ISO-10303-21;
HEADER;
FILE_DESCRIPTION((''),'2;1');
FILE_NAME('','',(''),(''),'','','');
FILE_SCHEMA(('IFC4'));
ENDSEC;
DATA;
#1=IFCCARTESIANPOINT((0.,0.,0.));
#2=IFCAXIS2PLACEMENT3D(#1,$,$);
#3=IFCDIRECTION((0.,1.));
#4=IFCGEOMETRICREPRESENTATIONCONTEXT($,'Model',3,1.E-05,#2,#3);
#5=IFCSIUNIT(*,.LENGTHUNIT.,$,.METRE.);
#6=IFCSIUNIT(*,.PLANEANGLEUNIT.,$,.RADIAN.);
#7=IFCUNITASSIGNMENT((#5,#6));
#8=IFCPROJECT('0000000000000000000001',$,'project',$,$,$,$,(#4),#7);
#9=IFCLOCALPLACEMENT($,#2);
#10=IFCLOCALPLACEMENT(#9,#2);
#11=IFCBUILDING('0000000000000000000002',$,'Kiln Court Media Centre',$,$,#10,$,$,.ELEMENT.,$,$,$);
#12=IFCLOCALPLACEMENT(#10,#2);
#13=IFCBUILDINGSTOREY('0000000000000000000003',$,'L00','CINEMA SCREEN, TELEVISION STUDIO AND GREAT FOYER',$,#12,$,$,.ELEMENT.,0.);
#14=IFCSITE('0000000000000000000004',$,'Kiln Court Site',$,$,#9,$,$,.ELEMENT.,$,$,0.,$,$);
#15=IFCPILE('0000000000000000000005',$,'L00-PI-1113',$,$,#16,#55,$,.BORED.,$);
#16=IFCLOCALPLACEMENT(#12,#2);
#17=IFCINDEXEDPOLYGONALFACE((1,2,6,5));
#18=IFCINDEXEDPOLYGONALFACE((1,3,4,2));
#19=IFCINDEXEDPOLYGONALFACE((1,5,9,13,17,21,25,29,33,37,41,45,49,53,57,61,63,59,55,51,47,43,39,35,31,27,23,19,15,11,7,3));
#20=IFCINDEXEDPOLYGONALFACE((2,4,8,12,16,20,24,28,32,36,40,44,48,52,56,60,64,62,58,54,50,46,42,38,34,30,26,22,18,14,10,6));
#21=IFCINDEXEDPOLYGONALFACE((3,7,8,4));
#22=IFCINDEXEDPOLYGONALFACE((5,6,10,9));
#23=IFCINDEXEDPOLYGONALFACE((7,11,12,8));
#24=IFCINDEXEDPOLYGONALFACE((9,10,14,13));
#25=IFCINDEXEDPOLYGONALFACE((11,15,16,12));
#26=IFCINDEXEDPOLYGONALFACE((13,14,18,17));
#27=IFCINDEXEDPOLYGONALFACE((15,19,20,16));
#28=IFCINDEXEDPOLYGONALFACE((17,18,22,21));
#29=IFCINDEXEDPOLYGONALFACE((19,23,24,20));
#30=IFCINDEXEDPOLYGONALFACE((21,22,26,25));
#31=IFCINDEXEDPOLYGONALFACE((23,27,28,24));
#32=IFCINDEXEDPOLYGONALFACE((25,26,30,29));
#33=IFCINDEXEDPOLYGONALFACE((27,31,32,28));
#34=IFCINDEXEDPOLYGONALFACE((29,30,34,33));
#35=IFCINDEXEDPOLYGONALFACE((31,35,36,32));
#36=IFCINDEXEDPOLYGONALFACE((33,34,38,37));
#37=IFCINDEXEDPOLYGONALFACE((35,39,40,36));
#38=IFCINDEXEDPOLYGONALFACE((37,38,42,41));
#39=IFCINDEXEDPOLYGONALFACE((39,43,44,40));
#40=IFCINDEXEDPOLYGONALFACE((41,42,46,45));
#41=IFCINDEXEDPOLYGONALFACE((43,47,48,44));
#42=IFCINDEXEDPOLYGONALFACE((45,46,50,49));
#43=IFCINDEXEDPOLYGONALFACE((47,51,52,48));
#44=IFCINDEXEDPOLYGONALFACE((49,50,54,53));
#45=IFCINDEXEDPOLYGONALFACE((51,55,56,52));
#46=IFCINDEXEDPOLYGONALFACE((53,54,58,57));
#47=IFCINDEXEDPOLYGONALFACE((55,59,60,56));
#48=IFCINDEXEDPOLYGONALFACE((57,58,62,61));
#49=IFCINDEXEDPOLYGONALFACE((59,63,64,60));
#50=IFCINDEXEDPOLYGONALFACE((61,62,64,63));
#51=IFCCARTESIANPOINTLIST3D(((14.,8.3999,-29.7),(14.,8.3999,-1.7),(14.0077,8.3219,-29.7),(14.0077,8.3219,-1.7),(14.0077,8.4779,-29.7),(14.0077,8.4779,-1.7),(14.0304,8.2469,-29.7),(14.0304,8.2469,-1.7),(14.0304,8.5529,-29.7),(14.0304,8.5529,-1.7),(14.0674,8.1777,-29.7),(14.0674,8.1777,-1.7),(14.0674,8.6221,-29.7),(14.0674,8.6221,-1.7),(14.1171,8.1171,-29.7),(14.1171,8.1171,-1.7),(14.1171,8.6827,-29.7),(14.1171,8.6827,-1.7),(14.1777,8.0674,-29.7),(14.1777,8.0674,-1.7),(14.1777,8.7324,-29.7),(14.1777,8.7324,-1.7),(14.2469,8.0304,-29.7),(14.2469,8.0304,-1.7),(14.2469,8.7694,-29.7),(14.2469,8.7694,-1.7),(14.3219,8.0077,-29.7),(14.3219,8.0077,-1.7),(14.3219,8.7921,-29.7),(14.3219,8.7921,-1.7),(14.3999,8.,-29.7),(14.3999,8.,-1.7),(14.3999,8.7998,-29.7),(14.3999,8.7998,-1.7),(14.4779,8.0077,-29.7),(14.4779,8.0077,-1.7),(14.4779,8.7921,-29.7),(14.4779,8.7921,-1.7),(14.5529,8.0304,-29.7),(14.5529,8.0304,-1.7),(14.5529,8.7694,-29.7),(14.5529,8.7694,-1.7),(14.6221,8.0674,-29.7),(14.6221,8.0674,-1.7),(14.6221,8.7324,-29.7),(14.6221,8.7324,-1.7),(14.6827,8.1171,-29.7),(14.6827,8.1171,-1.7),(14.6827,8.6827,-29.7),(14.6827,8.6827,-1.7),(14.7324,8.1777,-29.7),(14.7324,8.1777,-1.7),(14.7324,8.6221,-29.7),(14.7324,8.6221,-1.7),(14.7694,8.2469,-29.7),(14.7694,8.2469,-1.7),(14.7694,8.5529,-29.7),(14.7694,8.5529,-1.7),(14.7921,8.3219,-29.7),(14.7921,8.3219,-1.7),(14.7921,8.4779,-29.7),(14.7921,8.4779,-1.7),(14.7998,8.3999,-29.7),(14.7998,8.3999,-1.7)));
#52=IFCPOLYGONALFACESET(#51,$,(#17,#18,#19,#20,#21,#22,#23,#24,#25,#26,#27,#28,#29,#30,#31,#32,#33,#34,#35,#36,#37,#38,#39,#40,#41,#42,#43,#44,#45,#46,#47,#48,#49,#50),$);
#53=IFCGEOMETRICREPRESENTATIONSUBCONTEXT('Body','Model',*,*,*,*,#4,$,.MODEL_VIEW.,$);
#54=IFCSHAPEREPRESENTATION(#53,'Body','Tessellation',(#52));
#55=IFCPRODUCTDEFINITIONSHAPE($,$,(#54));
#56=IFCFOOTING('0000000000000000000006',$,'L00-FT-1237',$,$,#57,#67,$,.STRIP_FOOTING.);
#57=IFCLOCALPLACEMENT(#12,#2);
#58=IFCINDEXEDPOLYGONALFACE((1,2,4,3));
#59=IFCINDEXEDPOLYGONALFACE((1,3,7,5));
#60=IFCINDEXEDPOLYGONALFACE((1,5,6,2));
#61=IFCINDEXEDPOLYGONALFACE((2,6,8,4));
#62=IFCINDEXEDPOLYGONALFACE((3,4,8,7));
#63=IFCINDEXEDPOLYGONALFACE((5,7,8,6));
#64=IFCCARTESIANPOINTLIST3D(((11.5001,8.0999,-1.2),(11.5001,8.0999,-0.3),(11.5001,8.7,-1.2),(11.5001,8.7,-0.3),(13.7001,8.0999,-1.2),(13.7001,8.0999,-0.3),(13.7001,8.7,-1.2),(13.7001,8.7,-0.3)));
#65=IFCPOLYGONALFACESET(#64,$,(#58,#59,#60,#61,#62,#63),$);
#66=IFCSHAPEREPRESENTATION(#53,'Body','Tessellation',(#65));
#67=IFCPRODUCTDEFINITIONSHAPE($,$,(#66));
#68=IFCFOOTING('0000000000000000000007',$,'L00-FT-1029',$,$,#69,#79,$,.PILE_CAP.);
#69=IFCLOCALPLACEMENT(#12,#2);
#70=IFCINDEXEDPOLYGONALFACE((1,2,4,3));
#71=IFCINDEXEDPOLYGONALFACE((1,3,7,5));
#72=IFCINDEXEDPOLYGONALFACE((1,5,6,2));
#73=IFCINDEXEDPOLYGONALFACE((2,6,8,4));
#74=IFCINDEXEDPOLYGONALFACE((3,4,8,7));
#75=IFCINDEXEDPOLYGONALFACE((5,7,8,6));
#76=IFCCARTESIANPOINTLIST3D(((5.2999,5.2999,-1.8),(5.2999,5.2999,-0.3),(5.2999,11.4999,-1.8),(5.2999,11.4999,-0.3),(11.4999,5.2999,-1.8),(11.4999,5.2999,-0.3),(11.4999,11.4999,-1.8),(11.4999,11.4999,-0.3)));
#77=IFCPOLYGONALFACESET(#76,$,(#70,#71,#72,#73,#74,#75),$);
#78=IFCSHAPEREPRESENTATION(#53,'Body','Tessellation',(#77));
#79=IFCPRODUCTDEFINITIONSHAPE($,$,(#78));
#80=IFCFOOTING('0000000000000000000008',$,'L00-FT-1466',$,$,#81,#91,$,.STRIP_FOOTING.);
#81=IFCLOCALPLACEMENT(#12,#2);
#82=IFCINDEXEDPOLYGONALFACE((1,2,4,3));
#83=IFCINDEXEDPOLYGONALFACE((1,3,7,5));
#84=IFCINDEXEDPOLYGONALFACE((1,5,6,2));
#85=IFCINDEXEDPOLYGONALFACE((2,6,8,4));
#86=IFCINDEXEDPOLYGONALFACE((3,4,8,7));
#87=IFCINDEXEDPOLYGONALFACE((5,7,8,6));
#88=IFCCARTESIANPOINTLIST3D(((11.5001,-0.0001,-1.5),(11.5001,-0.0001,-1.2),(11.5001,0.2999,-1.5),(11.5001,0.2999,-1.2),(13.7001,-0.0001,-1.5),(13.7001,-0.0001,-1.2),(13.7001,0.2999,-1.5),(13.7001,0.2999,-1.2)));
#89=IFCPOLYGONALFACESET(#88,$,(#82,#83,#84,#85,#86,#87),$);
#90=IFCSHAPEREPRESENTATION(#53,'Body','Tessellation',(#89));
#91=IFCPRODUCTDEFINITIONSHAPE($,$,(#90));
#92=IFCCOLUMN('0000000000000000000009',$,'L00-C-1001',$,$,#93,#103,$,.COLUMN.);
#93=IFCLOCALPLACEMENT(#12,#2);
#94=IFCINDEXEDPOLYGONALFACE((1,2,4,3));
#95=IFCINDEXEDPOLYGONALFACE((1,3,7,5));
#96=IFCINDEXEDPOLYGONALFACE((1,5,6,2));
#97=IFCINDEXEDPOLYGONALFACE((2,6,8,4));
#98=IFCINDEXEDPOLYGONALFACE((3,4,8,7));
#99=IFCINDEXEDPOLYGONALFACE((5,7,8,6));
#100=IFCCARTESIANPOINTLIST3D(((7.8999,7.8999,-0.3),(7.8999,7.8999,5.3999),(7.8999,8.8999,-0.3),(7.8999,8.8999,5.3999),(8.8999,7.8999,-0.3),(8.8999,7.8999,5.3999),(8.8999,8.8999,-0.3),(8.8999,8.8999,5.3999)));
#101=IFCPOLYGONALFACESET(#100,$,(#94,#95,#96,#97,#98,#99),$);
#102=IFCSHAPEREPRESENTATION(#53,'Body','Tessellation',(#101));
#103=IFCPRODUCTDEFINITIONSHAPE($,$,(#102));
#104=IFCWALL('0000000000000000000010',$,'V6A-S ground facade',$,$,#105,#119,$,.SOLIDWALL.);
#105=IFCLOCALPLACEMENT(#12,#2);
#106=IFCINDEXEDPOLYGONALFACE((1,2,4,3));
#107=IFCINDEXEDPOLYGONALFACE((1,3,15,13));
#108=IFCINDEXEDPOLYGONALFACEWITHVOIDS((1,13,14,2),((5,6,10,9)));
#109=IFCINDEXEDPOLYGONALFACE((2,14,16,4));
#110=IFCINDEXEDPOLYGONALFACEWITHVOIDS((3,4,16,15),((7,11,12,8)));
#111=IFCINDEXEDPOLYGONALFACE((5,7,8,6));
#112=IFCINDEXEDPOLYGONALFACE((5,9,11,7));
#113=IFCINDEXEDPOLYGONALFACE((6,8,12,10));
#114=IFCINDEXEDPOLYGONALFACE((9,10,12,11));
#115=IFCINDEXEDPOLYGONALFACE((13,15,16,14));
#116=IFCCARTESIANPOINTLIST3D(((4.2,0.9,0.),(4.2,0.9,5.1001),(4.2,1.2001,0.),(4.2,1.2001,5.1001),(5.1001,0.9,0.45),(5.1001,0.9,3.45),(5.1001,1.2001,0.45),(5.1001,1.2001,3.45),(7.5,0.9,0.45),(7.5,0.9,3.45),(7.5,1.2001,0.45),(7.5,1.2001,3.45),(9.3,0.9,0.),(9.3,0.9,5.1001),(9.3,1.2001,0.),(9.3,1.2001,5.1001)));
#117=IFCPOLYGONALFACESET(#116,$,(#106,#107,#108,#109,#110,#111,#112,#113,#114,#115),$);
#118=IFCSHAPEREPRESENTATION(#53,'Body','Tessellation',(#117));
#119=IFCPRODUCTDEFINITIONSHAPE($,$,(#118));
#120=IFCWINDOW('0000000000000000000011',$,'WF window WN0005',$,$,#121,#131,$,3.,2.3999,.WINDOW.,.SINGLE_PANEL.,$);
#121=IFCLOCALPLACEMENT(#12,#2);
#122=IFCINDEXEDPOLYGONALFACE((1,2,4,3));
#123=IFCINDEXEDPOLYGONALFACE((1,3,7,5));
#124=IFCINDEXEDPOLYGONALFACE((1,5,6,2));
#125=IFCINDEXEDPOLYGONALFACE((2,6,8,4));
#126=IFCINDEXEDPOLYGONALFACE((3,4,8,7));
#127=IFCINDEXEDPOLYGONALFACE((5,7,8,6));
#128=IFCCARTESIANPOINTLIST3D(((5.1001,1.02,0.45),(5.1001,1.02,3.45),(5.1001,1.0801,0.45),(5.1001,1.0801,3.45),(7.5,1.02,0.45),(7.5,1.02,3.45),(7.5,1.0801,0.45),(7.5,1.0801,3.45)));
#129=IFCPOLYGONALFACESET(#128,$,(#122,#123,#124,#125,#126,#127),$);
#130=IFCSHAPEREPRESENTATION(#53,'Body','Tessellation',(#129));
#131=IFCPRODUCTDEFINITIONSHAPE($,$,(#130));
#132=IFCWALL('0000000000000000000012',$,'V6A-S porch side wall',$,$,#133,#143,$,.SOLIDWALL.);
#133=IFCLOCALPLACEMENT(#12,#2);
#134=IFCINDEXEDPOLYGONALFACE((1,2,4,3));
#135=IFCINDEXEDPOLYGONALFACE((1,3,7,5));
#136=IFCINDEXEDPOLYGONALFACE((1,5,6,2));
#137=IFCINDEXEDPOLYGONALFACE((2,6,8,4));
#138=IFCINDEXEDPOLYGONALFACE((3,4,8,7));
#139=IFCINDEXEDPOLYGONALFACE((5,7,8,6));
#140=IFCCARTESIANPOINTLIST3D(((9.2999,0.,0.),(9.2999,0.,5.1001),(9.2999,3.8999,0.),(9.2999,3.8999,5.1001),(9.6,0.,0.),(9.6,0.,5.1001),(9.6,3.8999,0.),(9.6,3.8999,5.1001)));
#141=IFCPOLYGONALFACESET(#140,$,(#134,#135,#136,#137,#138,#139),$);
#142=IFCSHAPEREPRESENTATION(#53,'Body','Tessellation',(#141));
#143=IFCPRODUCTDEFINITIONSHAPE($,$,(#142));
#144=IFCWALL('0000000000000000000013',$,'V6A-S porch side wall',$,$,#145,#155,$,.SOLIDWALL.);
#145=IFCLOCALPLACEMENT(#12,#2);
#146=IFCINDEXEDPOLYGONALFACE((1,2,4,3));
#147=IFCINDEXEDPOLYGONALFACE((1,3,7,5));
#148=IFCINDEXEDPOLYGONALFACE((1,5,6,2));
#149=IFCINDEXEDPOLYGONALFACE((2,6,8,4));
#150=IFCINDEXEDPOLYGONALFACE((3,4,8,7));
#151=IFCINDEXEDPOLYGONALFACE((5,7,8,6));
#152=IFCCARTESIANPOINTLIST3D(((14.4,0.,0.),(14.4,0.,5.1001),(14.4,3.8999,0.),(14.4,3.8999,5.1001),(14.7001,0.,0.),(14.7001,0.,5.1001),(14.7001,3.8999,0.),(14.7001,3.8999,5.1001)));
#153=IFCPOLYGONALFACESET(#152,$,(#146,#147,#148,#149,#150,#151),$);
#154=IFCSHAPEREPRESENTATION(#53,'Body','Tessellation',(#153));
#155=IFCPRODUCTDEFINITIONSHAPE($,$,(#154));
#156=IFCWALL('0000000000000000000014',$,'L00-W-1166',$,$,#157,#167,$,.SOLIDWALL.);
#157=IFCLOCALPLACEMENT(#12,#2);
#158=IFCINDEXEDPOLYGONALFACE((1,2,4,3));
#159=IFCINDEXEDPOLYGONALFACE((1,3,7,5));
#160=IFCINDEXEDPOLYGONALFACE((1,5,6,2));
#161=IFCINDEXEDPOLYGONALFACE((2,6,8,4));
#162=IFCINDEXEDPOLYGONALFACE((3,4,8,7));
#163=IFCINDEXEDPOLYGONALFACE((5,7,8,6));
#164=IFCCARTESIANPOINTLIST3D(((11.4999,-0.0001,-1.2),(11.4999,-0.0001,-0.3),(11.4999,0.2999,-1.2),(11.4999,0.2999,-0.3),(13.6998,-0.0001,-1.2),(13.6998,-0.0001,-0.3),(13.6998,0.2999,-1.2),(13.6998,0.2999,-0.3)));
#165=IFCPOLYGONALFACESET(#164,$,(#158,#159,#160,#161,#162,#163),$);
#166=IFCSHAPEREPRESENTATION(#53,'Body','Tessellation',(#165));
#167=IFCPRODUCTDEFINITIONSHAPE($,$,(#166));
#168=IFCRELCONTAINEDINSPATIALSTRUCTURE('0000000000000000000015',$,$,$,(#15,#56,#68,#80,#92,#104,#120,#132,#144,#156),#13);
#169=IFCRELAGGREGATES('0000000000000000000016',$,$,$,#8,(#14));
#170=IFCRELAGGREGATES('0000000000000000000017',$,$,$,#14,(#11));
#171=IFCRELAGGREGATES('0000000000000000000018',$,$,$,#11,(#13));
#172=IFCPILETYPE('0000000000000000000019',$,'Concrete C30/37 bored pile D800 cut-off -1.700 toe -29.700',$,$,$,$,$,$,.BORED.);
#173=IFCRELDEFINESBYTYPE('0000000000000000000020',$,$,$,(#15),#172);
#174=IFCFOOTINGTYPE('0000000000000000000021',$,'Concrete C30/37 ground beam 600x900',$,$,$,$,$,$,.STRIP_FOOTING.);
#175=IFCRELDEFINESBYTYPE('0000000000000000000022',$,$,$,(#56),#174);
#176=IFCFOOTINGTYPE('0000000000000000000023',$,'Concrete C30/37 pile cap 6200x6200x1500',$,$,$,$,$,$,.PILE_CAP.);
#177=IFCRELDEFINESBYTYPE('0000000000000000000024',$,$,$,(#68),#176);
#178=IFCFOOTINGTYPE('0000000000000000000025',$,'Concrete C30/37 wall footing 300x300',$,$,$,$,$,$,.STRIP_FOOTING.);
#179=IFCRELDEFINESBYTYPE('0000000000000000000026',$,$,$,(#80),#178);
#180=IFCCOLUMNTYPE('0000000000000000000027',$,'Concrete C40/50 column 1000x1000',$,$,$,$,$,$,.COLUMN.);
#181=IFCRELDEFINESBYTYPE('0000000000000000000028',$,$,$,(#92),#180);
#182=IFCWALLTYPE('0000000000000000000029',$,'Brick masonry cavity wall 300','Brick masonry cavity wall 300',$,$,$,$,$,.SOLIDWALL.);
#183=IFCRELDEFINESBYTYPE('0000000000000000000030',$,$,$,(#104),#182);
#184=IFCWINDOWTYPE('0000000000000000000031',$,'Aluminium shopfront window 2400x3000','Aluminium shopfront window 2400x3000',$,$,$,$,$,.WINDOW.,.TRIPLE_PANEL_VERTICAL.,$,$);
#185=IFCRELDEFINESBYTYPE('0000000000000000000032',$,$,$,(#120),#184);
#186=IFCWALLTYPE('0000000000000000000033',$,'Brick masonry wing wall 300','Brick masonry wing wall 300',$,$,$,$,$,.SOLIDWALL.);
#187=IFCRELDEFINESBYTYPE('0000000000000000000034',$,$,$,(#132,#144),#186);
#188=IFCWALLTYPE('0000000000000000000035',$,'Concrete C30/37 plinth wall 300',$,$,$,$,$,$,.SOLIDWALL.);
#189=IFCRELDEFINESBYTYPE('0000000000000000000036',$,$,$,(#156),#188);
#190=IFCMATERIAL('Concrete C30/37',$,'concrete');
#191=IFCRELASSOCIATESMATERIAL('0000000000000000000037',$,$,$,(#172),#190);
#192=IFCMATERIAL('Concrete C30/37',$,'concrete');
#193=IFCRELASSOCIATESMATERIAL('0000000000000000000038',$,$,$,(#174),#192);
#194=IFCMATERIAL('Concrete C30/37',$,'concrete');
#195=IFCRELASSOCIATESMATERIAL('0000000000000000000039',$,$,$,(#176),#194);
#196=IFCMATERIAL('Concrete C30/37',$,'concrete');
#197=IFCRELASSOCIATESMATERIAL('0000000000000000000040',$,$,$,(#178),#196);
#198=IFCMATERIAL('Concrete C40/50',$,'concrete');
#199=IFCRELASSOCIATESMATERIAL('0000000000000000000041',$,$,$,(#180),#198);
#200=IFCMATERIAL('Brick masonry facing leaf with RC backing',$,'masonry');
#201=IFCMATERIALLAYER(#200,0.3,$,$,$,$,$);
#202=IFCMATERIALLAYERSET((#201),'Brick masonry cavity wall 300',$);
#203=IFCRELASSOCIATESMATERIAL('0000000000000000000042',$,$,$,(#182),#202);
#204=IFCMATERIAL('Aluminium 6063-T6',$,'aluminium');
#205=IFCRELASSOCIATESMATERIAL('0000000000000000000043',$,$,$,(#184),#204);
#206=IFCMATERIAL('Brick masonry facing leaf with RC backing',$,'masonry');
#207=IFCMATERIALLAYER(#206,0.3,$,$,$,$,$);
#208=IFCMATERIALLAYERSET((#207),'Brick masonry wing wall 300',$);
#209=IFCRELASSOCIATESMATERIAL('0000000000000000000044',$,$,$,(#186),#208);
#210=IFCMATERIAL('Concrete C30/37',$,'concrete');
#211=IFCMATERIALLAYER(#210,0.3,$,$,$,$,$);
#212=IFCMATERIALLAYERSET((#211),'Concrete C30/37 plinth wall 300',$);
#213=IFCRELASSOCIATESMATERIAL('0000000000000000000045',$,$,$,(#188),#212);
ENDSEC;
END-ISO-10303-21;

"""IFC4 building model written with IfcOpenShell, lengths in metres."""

from ifc_helpers import new_model, si_unit, direction, frame, frame_2d, origin, origin_2d, place, context, subcontext, project, spatial, rectangle, circle, extrude, material, layer, layer_set, material_profile, profile_set, type_object, element, fill, save


model = new_model("IFC4")

# Units and contexts
model_context = context("Model", 3, precision=1e-05, world=origin(), true_north=direction((0.0, 1.0)))
body_context = subcontext(model_context, "Body", "Model", "MODEL_VIEW")
ifc_project = project(units=[si_unit("LENGTHUNIT", "METRE"), si_unit("PLANEANGLEUNIT", "RADIAN")], contexts=[model_context])

# Site, building, storey
site_placement = place(None, origin())
site = spatial("IfcSite", under=ifc_project, at=site_placement, Name="Kiln Court Site", CompositionType="ELEMENT", RefElevation=0.0)
building_placement = place(site_placement, origin())
building = spatial("IfcBuilding", under=site, at=building_placement, Name="Kiln Court Media Centre", CompositionType="ELEMENT")
storey_placement = place(building_placement, origin())
storey = spatial("IfcBuildingStorey", under=building, at=storey_placement, Name="L00", Description="CINEMA SCREEN, TELEVISION STUDIO AND GREAT FOYER", CompositionType="ELEMENT", Elevation=0.0)

# Pile
ifc_material_1 = material(Name="Concrete C30/37", Category="concrete")
ifc_material_profile_1 = material_profile(ifc_material_1, circle(Radius=0.3999, at=origin_2d()), Name="PILE D800")
ifc_profile_set_1 = profile_set([ifc_material_profile_1], Name="Concrete C30/37")
pile_type = type_object("IfcPileType", Name="Concrete C30/37 bored pile D800 cut-off -1.700 toe -29.700", PredefinedType="BORED", material=ifc_profile_set_1)
for number, where, z_axis, x_axis, name in (
    (1, (14.3999, 8.3999, -1.7), (0.0, 0.0, -1.0), (1.0, 0.0, 0.0), "L00-PI-1113"),
):
    element("IfcPile", number, at=place(storey_placement, frame(where, z_axis=z_axis, x_axis=x_axis)), inside=storey, type_object=pile_type, Name=name, PredefinedType="BORED", context=body_context, shape_type="SweptSolid", body=[
        extrude(circle(Radius=0.3999, at=origin_2d()), origin(), (0.0, 0.0, 1.0), 28.0),
    ])

# Footings
ifc_material_2 = material(Name="Concrete C30/37", Category="concrete")
footing_type_1 = type_object("IfcFootingType", Name="Concrete C30/37 ground beam 600x900", PredefinedType="STRIP_FOOTING", material=ifc_material_2)
footing_1_placement = place(storey_placement, frame((12.6001, 8.3999, -1.2), z_axis=(0.0, 0.0, 1.0), x_axis=(1.0, 0.0, 0.0)))
element("IfcFooting", 2, at=footing_1_placement, inside=storey, type_object=footing_type_1, Name="L00-FT-1237", PredefinedType="STRIP_FOOTING", context=body_context, shape_type="SweptSolid", body=[
    extrude(rectangle(XDim=2.2, YDim=0.6001, at=origin_2d()), origin(), (0.0, 0.0, 1.0), 0.8999),
])
ifc_material_3 = material(Name="Concrete C30/37", Category="concrete")
footing_type_2 = type_object("IfcFootingType", Name="Concrete C30/37 pile cap 6200x6200x1500", PredefinedType="PILE_CAP", material=ifc_material_3)
footing_2_placement = place(storey_placement, frame((8.3999, 8.3999, -1.8), z_axis=(0.0, 0.0, 1.0), x_axis=(1.0, 0.0, 0.0)))
element("IfcFooting", 3, at=footing_2_placement, inside=storey, type_object=footing_type_2, Name="L00-FT-1029", PredefinedType="PILE_CAP", context=body_context, shape_type="SweptSolid", body=[
    extrude(rectangle(XDim=6.2, YDim=6.2, at=origin_2d()), origin(), (0.0, 0.0, 1.0), 1.5),
])
ifc_material_4 = material(Name="Concrete C30/37", Category="concrete")
footing_type_3 = type_object("IfcFootingType", Name="Concrete C30/37 wall footing 300x300", PredefinedType="STRIP_FOOTING", material=ifc_material_4)
footing_3_placement = place(storey_placement, frame((12.6001, 0.1499, -1.5), z_axis=(0.0, 0.0, 1.0), x_axis=(1.0, 0.0, 0.0)))
element("IfcFooting", 4, at=footing_3_placement, inside=storey, type_object=footing_type_3, Name="L00-FT-1466", PredefinedType="STRIP_FOOTING", context=body_context, shape_type="SweptSolid", body=[
    extrude(rectangle(XDim=2.2, YDim=0.3, at=origin_2d()), origin(), (0.0, 0.0, 1.0), 0.3),
])

# Column
ifc_material_5 = material(Name="Concrete C40/50", Category="concrete")
ifc_material_profile_2 = material_profile(ifc_material_5, rectangle(XDim=1.0, YDim=1.0, at=origin_2d()), Name="RC 1000x1000")
ifc_profile_set_2 = profile_set([ifc_material_profile_2], Name="Concrete C40/50")
column_type = type_object("IfcColumnType", Name="Concrete C40/50 column 1000x1000", PredefinedType="COLUMN", material=ifc_profile_set_2)
column_placement = place(storey_placement, frame((8.3999, 8.3999, -0.3), z_axis=(0.0, 0.0, 1.0), x_axis=(1.0, 0.0, 0.0)))
element("IfcColumn", 5, at=column_placement, inside=storey, type_object=column_type, Name="L00-C-1001", PredefinedType="COLUMN", context=body_context, shape_type="SweptSolid", body=[
    extrude(rectangle(XDim=1.0, YDim=1.0, at=origin_2d()), origin(), (0.0, 0.0, 1.0), 5.7),
])

# Wall, opening, window
ifc_material_6 = material(Name="Brick masonry facing leaf with RC backing", Category="masonry")
ifc_layer_1 = layer(ifc_material_6, 0.3)
ifc_layer_set_1 = layer_set([ifc_layer_1], Name="Brick masonry cavity wall 300")
wall_type_1 = type_object("IfcWallType", Name="Brick masonry cavity wall 300", Description="Brick masonry cavity wall 300", PredefinedType="SOLIDWALL", material=ifc_layer_set_1)
wall_1_placement = place(storey_placement, frame((9.3, 1.05, 0.0), z_axis=(0.0, 0.0, 1.0), x_axis=(-1.0, 0.0, 0.0)))
wall_1 = element("IfcWall", 6, at=wall_1_placement, inside=storey, type_object=wall_type_1, Name="V6A-S ground facade", PredefinedType="SOLIDWALL", context=body_context, shape_type="SweptSolid", body=[
    extrude(rectangle(XDim=5.1001, YDim=0.3, at=frame_2d((2.55, 0.0))), origin(), (0.0, 0.0, 1.0), 5.1001),
])
opening_1_placement = place(wall_1_placement, frame((1.8, 0.0, 0.45)))
opening_1 = element("IfcOpeningElement", 7, at=opening_1_placement, cuts=wall_1, PredefinedType="OPENING", context=body_context, shape_type="SweptSolid", body=[
    extrude(rectangle(XDim=2.3999, YDim=3.0, at=frame_2d((1.2, 1.5))), frame((0.0, 0.1599, 0.0), z_axis=(0.0, -1.0, 0.0), x_axis=(1.0, 0.0, 0.0)), (0.0, 0.0, 1.0), 0.3201),
])
ifc_material_7 = material(Name="Aluminium 6063-T6", Category="aluminium")
window_type = type_object("IfcWindowType", Name="Aluminium shopfront window 2400x3000", Description="Aluminium shopfront window 2400x3000", PartitioningType="TRIPLE_PANEL_VERTICAL", PredefinedType="WINDOW", material=ifc_material_7)
window_placement = place(opening_1_placement, origin())
window = element("IfcWindow", 8, at=window_placement, inside=storey, type_object=window_type, Name="WF window WN0005", OverallHeight=3.0, OverallWidth=2.3999, PartitioningType="SINGLE_PANEL", PredefinedType="WINDOW", context=body_context, shape_type="SweptSolid", body=[
    extrude(rectangle(XDim=2.3999, YDim=3.0, at=frame_2d((1.2, 1.5))), frame((0.0, 0.03, 0.0), z_axis=(0.0, -1.0, 0.0), x_axis=(1.0, 0.0, 0.0)), (0.0, 0.0, 1.0), 0.0601),
])
fill(opening_1, window)

# Walls
ifc_material_8 = material(Name="Brick masonry facing leaf with RC backing", Category="masonry")
ifc_layer_2 = layer(ifc_material_8, 0.3)
ifc_layer_set_2 = layer_set([ifc_layer_2], Name="Brick masonry wing wall 300")
wall_type_2 = type_object("IfcWallType", Name="Brick masonry wing wall 300", Description="Brick masonry wing wall 300", PredefinedType="SOLIDWALL", material=ifc_layer_set_2)
for number, where, z_axis, x_axis, name in (
    (9, (9.45, 3.8999, 0.0), (0.0, 0.0, 1.0), (0.0, -1.0, 0.0), "V6A-S porch side wall"),
    (10, (14.55, 3.8999, 0.0), (0.0, 0.0, 1.0), (0.0, -1.0, 0.0), "V6A-S porch side wall"),
):
    element("IfcWall", number, at=place(storey_placement, frame(where, z_axis=z_axis, x_axis=x_axis)), inside=storey, type_object=wall_type_2, Name=name, PredefinedType="SOLIDWALL", context=body_context, shape_type="SweptSolid", body=[
        extrude(rectangle(XDim=3.8999, YDim=0.3, at=frame_2d((1.95, 0.0))), origin(), (0.0, 0.0, 1.0), 5.1001),
    ])

# Wall
ifc_material_9 = material(Name="Concrete C30/37", Category="concrete")
ifc_layer_3 = layer(ifc_material_9, 0.3)
ifc_layer_set_3 = layer_set([ifc_layer_3], Name="Concrete C30/37 plinth wall 300")
wall_type_3 = type_object("IfcWallType", Name="Concrete C30/37 plinth wall 300", PredefinedType="SOLIDWALL", material=ifc_layer_set_3)
wall_2_placement = place(storey_placement, frame((13.7, 0.1499, -1.2), z_axis=(0.0, 0.0, 1.0), x_axis=(-1.0, 0.0, 0.0)))
element("IfcWall", 11, at=wall_2_placement, inside=storey, type_object=wall_type_3, Name="L00-W-1166", PredefinedType="SOLIDWALL", context=body_context, shape_type="SweptSolid", body=[
    extrude(rectangle(XDim=2.2, YDim=0.3, at=frame_2d((1.1001, 0.0))), origin(), (0.0, 0.0, 1.0), 0.8999),
])

save(model, "model.ifc")
